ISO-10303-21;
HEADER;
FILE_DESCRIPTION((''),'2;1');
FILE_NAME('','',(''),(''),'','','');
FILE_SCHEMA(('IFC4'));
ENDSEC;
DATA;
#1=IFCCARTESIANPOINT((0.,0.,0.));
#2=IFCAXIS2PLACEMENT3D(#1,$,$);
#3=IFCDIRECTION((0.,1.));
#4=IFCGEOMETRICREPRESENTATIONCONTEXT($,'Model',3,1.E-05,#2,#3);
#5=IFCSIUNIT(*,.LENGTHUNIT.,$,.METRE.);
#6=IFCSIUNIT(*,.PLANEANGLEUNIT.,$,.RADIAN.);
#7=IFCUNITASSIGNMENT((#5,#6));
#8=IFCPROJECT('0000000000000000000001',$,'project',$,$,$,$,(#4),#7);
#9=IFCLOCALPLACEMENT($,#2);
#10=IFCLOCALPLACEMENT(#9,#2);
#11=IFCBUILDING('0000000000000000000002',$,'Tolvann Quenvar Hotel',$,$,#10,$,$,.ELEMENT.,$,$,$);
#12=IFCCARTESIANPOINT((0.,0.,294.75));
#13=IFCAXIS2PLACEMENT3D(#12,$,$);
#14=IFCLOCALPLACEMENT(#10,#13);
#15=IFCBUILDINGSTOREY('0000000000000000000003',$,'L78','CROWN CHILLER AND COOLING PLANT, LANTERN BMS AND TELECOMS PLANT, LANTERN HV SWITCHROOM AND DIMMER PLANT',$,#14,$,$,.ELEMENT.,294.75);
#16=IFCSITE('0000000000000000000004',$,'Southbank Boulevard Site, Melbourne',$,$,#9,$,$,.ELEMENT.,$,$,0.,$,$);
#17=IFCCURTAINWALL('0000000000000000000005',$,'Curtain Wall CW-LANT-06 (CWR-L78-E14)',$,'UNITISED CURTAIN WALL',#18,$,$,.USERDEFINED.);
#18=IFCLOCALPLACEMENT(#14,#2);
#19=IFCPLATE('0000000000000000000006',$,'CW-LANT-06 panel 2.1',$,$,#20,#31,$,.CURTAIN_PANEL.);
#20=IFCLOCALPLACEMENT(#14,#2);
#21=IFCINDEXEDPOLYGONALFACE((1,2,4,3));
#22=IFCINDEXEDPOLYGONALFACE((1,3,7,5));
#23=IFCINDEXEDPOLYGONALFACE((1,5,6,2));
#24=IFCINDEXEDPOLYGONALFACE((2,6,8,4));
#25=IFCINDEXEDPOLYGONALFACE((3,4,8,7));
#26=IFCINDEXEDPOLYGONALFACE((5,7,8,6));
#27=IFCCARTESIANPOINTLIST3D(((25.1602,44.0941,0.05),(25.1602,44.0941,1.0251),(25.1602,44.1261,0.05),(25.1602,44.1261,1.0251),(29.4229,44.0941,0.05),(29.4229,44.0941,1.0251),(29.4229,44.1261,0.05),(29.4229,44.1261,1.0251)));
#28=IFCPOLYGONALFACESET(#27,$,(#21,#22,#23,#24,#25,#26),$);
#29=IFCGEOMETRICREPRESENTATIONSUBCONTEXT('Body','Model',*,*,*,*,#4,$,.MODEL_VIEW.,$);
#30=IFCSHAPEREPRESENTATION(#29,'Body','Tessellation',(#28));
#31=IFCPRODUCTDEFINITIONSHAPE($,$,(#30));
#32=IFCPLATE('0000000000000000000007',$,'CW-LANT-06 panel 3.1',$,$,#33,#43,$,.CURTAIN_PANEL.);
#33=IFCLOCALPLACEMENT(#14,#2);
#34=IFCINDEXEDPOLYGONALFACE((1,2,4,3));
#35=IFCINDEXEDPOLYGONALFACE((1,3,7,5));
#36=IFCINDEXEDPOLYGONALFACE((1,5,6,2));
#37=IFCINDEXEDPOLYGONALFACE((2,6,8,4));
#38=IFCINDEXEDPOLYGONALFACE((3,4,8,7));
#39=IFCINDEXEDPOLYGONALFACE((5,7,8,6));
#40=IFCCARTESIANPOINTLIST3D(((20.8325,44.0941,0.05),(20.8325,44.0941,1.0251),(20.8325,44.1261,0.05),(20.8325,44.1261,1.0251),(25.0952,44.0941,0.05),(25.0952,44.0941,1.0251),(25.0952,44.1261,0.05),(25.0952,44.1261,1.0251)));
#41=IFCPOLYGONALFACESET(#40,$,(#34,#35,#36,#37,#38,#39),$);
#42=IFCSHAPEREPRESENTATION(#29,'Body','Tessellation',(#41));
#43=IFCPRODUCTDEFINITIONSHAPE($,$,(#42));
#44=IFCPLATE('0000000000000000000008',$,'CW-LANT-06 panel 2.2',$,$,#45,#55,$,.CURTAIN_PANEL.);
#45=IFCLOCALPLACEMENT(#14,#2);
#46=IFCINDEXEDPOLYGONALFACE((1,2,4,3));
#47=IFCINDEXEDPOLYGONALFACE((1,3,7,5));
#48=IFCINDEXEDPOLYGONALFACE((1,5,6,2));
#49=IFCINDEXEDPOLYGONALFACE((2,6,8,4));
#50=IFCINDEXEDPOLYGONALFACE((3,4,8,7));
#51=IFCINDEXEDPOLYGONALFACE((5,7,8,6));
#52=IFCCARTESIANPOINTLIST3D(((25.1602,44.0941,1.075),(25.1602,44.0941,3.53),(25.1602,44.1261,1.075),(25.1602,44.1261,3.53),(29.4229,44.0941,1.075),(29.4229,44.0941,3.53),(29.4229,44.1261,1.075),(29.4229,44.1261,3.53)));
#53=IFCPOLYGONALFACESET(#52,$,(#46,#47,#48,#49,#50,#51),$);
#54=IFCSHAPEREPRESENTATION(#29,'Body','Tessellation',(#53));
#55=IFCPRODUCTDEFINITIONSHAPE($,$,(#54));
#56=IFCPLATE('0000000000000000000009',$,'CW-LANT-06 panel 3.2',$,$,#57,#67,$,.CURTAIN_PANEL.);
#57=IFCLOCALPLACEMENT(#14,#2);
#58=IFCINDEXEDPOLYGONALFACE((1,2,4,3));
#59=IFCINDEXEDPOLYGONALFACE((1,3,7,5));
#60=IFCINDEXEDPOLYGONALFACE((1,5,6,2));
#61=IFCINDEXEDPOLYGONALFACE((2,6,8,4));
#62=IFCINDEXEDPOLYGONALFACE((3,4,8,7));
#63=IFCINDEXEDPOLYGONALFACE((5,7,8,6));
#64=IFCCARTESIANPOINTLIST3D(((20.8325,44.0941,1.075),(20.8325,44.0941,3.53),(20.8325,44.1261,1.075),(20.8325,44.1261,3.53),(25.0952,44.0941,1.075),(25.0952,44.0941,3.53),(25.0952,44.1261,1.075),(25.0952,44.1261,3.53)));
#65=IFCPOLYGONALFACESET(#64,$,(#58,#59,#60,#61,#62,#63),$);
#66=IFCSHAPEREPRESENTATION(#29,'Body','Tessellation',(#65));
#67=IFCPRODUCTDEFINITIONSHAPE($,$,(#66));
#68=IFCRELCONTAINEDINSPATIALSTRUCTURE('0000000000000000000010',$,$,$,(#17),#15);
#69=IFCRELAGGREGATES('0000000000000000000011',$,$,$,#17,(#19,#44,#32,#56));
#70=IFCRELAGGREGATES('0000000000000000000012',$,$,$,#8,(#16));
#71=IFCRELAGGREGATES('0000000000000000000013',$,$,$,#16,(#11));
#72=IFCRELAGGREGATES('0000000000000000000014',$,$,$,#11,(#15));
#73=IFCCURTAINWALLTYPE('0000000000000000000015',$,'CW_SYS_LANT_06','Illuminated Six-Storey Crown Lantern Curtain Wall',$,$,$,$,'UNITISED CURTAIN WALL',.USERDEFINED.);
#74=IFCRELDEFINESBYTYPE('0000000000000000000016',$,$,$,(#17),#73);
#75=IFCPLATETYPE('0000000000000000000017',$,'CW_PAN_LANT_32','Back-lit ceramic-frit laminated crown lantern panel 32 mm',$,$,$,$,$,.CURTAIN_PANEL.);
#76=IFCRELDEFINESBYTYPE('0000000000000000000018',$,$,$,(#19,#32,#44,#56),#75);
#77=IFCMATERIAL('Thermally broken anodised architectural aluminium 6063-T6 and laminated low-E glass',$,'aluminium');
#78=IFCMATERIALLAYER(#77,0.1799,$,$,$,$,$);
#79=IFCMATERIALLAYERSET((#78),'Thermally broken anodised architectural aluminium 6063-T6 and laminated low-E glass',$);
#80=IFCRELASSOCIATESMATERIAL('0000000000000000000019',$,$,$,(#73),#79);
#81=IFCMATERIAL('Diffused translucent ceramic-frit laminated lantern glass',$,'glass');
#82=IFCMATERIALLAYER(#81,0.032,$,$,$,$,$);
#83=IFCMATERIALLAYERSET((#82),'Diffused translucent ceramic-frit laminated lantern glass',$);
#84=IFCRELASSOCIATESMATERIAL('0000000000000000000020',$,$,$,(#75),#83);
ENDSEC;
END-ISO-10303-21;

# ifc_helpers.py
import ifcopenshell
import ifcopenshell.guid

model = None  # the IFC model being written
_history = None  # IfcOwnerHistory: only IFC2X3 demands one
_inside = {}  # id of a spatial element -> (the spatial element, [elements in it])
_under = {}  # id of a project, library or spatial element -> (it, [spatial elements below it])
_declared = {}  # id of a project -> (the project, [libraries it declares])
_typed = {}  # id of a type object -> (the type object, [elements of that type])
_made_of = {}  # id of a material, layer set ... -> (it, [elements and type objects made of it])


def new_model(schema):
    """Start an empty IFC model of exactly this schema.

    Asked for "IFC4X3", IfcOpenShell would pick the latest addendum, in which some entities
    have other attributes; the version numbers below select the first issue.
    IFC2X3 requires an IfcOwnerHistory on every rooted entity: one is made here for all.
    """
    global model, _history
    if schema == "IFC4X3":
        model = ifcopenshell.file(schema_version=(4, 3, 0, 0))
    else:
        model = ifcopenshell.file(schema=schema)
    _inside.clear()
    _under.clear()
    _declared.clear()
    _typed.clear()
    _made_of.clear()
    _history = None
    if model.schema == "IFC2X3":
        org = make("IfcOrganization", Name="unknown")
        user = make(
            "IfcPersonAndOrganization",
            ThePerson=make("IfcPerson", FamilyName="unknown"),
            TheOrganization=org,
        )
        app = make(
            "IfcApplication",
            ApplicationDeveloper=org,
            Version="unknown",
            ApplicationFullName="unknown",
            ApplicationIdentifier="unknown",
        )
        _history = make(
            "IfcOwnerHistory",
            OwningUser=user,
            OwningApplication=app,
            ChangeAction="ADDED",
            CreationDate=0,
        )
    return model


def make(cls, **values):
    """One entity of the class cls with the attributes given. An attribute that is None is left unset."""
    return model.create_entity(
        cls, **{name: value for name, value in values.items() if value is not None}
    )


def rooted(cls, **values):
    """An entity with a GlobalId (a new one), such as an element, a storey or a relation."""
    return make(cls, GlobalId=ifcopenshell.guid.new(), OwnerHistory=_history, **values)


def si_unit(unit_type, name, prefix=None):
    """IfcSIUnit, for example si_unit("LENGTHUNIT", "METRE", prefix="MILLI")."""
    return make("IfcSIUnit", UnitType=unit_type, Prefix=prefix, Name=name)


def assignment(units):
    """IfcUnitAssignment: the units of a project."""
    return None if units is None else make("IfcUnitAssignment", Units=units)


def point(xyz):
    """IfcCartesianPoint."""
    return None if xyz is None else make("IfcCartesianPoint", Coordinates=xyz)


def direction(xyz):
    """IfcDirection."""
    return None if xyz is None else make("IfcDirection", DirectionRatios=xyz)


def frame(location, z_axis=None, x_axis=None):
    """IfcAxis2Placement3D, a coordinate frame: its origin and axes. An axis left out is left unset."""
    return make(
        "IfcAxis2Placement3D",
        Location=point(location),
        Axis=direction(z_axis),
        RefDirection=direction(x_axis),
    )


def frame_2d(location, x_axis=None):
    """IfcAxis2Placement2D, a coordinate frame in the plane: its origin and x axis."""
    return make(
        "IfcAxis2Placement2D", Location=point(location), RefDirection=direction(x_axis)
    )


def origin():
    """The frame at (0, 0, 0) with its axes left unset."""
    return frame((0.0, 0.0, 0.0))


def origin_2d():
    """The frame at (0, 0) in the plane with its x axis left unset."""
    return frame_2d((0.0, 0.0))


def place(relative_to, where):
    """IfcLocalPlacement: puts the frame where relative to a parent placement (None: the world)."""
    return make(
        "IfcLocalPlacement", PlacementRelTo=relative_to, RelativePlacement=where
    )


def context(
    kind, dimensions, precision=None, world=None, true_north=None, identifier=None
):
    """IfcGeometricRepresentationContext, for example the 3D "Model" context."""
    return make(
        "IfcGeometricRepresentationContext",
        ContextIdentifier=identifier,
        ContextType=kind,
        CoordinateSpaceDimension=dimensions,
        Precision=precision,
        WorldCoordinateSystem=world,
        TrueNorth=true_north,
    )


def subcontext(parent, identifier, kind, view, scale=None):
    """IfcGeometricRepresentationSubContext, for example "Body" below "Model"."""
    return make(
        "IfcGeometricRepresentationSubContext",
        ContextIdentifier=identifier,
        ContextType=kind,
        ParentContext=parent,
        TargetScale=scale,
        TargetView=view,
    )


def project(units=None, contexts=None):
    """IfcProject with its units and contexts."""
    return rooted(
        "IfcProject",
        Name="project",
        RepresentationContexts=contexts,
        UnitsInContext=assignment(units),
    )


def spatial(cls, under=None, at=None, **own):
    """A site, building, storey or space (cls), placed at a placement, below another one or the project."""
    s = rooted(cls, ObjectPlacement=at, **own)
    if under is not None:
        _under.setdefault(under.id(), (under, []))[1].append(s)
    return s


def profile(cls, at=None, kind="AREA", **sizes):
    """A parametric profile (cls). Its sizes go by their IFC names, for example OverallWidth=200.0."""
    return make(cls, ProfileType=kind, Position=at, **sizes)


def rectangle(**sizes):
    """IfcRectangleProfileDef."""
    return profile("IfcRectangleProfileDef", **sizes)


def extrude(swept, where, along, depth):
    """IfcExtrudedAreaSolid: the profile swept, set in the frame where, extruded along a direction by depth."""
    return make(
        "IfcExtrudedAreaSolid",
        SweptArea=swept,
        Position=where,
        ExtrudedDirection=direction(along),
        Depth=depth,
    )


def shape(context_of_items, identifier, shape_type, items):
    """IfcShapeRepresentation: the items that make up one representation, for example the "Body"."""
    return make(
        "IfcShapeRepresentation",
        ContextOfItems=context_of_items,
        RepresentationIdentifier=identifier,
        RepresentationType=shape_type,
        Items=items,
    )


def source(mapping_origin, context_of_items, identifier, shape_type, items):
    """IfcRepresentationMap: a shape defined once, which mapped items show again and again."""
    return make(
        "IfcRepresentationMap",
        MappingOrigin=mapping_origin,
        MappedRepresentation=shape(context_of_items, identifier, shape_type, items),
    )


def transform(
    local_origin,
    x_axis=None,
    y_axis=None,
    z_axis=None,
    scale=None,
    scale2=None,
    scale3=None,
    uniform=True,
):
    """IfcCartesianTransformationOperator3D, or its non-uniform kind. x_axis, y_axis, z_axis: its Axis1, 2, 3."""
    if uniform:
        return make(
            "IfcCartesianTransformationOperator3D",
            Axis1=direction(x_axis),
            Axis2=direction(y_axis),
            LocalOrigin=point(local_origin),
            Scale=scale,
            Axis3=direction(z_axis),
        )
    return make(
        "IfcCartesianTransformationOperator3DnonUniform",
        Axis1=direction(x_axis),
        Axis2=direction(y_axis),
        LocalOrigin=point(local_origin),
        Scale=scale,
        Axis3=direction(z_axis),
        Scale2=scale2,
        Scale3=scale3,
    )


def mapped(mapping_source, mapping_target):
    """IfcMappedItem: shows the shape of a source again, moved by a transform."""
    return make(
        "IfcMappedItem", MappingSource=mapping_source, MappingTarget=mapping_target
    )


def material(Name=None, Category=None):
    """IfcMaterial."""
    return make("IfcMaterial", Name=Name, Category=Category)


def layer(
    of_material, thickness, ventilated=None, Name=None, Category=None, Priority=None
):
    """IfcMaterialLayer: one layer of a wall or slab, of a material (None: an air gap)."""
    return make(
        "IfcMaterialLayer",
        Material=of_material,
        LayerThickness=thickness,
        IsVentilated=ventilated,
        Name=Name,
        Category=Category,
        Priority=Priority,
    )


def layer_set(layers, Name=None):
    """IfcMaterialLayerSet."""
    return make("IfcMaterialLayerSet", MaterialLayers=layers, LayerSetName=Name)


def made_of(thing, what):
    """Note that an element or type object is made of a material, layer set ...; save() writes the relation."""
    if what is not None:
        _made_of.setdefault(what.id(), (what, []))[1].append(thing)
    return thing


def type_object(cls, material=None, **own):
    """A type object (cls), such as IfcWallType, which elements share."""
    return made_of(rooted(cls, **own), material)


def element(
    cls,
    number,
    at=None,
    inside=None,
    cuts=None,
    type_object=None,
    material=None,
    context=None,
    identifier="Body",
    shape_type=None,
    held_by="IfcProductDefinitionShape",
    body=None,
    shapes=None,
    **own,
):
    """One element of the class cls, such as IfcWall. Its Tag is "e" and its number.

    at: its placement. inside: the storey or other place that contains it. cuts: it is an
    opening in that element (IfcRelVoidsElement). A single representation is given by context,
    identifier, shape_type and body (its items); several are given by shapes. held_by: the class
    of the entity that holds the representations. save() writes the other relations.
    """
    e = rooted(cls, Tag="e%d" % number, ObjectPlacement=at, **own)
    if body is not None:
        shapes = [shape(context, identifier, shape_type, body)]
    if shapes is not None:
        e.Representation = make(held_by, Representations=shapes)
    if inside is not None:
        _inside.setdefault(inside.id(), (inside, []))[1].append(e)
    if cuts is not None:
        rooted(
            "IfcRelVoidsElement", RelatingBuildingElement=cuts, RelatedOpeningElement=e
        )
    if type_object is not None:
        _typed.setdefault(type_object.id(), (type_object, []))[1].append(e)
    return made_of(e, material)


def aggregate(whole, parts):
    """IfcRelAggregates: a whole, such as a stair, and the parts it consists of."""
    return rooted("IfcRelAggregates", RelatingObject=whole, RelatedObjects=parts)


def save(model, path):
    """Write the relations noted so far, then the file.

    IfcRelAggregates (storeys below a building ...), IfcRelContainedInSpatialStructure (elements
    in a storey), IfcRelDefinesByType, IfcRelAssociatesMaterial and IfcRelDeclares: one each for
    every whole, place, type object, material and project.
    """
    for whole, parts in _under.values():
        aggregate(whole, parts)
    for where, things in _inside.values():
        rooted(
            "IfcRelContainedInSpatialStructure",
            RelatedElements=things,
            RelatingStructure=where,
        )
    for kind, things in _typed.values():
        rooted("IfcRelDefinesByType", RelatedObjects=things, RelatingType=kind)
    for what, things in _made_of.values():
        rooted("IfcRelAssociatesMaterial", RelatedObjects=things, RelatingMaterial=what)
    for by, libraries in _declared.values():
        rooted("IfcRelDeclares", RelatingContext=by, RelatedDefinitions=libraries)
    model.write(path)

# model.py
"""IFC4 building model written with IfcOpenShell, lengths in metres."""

from ifc_helpers import new_model, si_unit, direction, frame, origin, origin_2d, place, context, subcontext, project, spatial, rectangle, extrude, source, transform, mapped, material, layer, layer_set, type_object, element, aggregate, save


model = new_model("IFC4")

# Units and contexts
model_context = context("Model", 3, precision=1e-05, world=origin(), true_north=direction((0.0, 1.0)))
body_context = subcontext(model_context, "Body", "Model", "MODEL_VIEW")
ifc_project = project(units=[si_unit("LENGTHUNIT", "METRE"), si_unit("PLANEANGLEUNIT", "RADIAN")], contexts=[model_context])

# Site, building, storey
site_placement = place(None, origin())
site = spatial("IfcSite", under=ifc_project, at=site_placement, Name="Southbank Boulevard Site, Melbourne", CompositionType="ELEMENT", RefElevation=0.0)
building_placement = place(site_placement, origin())
building = spatial("IfcBuilding", under=site, at=building_placement, Name="Tolvann Quenvar Hotel", CompositionType="ELEMENT")
storey_placement = place(building_placement, frame((0.0, 0.0, 294.75)))
storey = spatial("IfcBuildingStorey", under=building, at=storey_placement, Name="L78", Description="CROWN CHILLER AND COOLING PLANT, LANTERN BMS AND TELECOMS PLANT, LANTERN HV SWITCHROOM AND DIMMER PLANT", CompositionType="ELEMENT", Elevation=294.75)

# Shared definitions
ifc_material_1 = material(Name="Thermally broken anodised architectural aluminium 6063-T6 and laminated low-E glass", Category="aluminium")
ifc_layer_1 = layer(ifc_material_1, 0.1799)
ifc_layer_set_1 = layer_set([ifc_layer_1], Name="Thermally broken anodised architectural aluminium 6063-T6 and laminated low-E glass")
curtain_wall_type = type_object("IfcCurtainWallType", Name="CW_SYS_LANT_06", Description="Illuminated Six-Storey Crown Lantern Curtain Wall", ElementType="UNITISED CURTAIN WALL", PredefinedType="USERDEFINED", material=ifc_layer_set_1)

# Curtain wall
curtain_wall_1_placement = place(storey_placement, origin())
curtain_wall_1 = element("IfcCurtainWall", 1, at=curtain_wall_1_placement, inside=storey, type_object=curtain_wall_type, Name="Curtain Wall CW-LANT-06 (CWR-L78-E14)", ObjectType="UNITISED CURTAIN WALL", PredefinedType="USERDEFINED")

# Plates
ifc_material_2 = material(Name="Diffused translucent ceramic-frit laminated lantern glass", Category="glass")
ifc_layer_2 = layer(ifc_material_2, 0.032)
ifc_layer_set_2 = layer_set([ifc_layer_2], Name="Diffused translucent ceramic-frit laminated lantern glass")
plate_type = type_object("IfcPlateType", Name="CW_PAN_LANT_32", Description="Back-lit ceramic-frit laminated crown lantern panel 32 mm", PredefinedType="CURTAIN_PANEL", material=ifc_layer_set_2)
shared_shape_1 = source(origin(), body_context, "Body", "SweptSolid", [
    extrude(rectangle(XDim=4.2627, YDim=0.032, at=origin_2d()), origin(), (0.0, 0.0, 1.0), 0.9751),
])
plate_1_placement = place(storey_placement, frame((27.2915, 44.1101, 0.05), z_axis=(0.0, 0.0, 1.0), x_axis=(-1.0, 0.0, 0.0)))
plate_1 = element("IfcPlate", 2, at=plate_1_placement, type_object=plate_type, Name="CW-LANT-06 panel 2.1", PredefinedType="CURTAIN_PANEL", context=body_context, shape_type="MappedRepresentation", body=[
    mapped(shared_shape_1, transform((0.0, 0.0, 0.0), x_axis=(1.0, 0.0, 0.0), y_axis=(0.0, 1.0, 0.0), z_axis=(0.0, 0.0, 1.0), scale=1.0)),
])
plate_2_placement = place(storey_placement, frame((22.9639, 44.1101, 0.05), z_axis=(0.0, 0.0, 1.0), x_axis=(-1.0, 0.0, 0.0)))
plate_2 = element("IfcPlate", 3, at=plate_2_placement, type_object=plate_type, Name="CW-LANT-06 panel 3.1", PredefinedType="CURTAIN_PANEL", context=body_context, shape_type="MappedRepresentation", body=[
    mapped(shared_shape_1, transform((0.0, 0.0, 0.0), x_axis=(1.0, 0.0, 0.0), y_axis=(0.0, 1.0, 0.0), z_axis=(0.0, 0.0, 1.0), scale=1.0)),
])
shared_shape_2 = source(origin(), body_context, "Body", "SweptSolid", [
    extrude(rectangle(XDim=4.2627, YDim=0.032, at=origin_2d()), origin(), (0.0, 0.0, 1.0), 2.4551),
])
plate_3_placement = place(storey_placement, frame((27.2915, 44.1101, 1.075), z_axis=(0.0, 0.0, 1.0), x_axis=(-1.0, 0.0, 0.0)))
plate_3 = element("IfcPlate", 4, at=plate_3_placement, type_object=plate_type, Name="CW-LANT-06 panel 2.2", PredefinedType="CURTAIN_PANEL", context=body_context, shape_type="MappedRepresentation", body=[
    mapped(shared_shape_2, transform((0.0, 0.0, 0.0), x_axis=(1.0, 0.0, 0.0), y_axis=(0.0, 1.0, 0.0), z_axis=(0.0, 0.0, 1.0), scale=1.0)),
])
plate_4_placement = place(storey_placement, frame((22.9639, 44.1101, 1.075), z_axis=(0.0, 0.0, 1.0), x_axis=(-1.0, 0.0, 0.0)))
plate_4 = element("IfcPlate", 5, at=plate_4_placement, type_object=plate_type, Name="CW-LANT-06 panel 3.2", PredefinedType="CURTAIN_PANEL", context=body_context, shape_type="MappedRepresentation", body=[
    mapped(shared_shape_2, transform((0.0, 0.0, 0.0), x_axis=(1.0, 0.0, 0.0), y_axis=(0.0, 1.0, 0.0), z_axis=(0.0, 0.0, 1.0), scale=1.0)),
])
aggregate(curtain_wall_1, [plate_1, plate_3, plate_2, plate_4])

save(model, "model.ifc")
